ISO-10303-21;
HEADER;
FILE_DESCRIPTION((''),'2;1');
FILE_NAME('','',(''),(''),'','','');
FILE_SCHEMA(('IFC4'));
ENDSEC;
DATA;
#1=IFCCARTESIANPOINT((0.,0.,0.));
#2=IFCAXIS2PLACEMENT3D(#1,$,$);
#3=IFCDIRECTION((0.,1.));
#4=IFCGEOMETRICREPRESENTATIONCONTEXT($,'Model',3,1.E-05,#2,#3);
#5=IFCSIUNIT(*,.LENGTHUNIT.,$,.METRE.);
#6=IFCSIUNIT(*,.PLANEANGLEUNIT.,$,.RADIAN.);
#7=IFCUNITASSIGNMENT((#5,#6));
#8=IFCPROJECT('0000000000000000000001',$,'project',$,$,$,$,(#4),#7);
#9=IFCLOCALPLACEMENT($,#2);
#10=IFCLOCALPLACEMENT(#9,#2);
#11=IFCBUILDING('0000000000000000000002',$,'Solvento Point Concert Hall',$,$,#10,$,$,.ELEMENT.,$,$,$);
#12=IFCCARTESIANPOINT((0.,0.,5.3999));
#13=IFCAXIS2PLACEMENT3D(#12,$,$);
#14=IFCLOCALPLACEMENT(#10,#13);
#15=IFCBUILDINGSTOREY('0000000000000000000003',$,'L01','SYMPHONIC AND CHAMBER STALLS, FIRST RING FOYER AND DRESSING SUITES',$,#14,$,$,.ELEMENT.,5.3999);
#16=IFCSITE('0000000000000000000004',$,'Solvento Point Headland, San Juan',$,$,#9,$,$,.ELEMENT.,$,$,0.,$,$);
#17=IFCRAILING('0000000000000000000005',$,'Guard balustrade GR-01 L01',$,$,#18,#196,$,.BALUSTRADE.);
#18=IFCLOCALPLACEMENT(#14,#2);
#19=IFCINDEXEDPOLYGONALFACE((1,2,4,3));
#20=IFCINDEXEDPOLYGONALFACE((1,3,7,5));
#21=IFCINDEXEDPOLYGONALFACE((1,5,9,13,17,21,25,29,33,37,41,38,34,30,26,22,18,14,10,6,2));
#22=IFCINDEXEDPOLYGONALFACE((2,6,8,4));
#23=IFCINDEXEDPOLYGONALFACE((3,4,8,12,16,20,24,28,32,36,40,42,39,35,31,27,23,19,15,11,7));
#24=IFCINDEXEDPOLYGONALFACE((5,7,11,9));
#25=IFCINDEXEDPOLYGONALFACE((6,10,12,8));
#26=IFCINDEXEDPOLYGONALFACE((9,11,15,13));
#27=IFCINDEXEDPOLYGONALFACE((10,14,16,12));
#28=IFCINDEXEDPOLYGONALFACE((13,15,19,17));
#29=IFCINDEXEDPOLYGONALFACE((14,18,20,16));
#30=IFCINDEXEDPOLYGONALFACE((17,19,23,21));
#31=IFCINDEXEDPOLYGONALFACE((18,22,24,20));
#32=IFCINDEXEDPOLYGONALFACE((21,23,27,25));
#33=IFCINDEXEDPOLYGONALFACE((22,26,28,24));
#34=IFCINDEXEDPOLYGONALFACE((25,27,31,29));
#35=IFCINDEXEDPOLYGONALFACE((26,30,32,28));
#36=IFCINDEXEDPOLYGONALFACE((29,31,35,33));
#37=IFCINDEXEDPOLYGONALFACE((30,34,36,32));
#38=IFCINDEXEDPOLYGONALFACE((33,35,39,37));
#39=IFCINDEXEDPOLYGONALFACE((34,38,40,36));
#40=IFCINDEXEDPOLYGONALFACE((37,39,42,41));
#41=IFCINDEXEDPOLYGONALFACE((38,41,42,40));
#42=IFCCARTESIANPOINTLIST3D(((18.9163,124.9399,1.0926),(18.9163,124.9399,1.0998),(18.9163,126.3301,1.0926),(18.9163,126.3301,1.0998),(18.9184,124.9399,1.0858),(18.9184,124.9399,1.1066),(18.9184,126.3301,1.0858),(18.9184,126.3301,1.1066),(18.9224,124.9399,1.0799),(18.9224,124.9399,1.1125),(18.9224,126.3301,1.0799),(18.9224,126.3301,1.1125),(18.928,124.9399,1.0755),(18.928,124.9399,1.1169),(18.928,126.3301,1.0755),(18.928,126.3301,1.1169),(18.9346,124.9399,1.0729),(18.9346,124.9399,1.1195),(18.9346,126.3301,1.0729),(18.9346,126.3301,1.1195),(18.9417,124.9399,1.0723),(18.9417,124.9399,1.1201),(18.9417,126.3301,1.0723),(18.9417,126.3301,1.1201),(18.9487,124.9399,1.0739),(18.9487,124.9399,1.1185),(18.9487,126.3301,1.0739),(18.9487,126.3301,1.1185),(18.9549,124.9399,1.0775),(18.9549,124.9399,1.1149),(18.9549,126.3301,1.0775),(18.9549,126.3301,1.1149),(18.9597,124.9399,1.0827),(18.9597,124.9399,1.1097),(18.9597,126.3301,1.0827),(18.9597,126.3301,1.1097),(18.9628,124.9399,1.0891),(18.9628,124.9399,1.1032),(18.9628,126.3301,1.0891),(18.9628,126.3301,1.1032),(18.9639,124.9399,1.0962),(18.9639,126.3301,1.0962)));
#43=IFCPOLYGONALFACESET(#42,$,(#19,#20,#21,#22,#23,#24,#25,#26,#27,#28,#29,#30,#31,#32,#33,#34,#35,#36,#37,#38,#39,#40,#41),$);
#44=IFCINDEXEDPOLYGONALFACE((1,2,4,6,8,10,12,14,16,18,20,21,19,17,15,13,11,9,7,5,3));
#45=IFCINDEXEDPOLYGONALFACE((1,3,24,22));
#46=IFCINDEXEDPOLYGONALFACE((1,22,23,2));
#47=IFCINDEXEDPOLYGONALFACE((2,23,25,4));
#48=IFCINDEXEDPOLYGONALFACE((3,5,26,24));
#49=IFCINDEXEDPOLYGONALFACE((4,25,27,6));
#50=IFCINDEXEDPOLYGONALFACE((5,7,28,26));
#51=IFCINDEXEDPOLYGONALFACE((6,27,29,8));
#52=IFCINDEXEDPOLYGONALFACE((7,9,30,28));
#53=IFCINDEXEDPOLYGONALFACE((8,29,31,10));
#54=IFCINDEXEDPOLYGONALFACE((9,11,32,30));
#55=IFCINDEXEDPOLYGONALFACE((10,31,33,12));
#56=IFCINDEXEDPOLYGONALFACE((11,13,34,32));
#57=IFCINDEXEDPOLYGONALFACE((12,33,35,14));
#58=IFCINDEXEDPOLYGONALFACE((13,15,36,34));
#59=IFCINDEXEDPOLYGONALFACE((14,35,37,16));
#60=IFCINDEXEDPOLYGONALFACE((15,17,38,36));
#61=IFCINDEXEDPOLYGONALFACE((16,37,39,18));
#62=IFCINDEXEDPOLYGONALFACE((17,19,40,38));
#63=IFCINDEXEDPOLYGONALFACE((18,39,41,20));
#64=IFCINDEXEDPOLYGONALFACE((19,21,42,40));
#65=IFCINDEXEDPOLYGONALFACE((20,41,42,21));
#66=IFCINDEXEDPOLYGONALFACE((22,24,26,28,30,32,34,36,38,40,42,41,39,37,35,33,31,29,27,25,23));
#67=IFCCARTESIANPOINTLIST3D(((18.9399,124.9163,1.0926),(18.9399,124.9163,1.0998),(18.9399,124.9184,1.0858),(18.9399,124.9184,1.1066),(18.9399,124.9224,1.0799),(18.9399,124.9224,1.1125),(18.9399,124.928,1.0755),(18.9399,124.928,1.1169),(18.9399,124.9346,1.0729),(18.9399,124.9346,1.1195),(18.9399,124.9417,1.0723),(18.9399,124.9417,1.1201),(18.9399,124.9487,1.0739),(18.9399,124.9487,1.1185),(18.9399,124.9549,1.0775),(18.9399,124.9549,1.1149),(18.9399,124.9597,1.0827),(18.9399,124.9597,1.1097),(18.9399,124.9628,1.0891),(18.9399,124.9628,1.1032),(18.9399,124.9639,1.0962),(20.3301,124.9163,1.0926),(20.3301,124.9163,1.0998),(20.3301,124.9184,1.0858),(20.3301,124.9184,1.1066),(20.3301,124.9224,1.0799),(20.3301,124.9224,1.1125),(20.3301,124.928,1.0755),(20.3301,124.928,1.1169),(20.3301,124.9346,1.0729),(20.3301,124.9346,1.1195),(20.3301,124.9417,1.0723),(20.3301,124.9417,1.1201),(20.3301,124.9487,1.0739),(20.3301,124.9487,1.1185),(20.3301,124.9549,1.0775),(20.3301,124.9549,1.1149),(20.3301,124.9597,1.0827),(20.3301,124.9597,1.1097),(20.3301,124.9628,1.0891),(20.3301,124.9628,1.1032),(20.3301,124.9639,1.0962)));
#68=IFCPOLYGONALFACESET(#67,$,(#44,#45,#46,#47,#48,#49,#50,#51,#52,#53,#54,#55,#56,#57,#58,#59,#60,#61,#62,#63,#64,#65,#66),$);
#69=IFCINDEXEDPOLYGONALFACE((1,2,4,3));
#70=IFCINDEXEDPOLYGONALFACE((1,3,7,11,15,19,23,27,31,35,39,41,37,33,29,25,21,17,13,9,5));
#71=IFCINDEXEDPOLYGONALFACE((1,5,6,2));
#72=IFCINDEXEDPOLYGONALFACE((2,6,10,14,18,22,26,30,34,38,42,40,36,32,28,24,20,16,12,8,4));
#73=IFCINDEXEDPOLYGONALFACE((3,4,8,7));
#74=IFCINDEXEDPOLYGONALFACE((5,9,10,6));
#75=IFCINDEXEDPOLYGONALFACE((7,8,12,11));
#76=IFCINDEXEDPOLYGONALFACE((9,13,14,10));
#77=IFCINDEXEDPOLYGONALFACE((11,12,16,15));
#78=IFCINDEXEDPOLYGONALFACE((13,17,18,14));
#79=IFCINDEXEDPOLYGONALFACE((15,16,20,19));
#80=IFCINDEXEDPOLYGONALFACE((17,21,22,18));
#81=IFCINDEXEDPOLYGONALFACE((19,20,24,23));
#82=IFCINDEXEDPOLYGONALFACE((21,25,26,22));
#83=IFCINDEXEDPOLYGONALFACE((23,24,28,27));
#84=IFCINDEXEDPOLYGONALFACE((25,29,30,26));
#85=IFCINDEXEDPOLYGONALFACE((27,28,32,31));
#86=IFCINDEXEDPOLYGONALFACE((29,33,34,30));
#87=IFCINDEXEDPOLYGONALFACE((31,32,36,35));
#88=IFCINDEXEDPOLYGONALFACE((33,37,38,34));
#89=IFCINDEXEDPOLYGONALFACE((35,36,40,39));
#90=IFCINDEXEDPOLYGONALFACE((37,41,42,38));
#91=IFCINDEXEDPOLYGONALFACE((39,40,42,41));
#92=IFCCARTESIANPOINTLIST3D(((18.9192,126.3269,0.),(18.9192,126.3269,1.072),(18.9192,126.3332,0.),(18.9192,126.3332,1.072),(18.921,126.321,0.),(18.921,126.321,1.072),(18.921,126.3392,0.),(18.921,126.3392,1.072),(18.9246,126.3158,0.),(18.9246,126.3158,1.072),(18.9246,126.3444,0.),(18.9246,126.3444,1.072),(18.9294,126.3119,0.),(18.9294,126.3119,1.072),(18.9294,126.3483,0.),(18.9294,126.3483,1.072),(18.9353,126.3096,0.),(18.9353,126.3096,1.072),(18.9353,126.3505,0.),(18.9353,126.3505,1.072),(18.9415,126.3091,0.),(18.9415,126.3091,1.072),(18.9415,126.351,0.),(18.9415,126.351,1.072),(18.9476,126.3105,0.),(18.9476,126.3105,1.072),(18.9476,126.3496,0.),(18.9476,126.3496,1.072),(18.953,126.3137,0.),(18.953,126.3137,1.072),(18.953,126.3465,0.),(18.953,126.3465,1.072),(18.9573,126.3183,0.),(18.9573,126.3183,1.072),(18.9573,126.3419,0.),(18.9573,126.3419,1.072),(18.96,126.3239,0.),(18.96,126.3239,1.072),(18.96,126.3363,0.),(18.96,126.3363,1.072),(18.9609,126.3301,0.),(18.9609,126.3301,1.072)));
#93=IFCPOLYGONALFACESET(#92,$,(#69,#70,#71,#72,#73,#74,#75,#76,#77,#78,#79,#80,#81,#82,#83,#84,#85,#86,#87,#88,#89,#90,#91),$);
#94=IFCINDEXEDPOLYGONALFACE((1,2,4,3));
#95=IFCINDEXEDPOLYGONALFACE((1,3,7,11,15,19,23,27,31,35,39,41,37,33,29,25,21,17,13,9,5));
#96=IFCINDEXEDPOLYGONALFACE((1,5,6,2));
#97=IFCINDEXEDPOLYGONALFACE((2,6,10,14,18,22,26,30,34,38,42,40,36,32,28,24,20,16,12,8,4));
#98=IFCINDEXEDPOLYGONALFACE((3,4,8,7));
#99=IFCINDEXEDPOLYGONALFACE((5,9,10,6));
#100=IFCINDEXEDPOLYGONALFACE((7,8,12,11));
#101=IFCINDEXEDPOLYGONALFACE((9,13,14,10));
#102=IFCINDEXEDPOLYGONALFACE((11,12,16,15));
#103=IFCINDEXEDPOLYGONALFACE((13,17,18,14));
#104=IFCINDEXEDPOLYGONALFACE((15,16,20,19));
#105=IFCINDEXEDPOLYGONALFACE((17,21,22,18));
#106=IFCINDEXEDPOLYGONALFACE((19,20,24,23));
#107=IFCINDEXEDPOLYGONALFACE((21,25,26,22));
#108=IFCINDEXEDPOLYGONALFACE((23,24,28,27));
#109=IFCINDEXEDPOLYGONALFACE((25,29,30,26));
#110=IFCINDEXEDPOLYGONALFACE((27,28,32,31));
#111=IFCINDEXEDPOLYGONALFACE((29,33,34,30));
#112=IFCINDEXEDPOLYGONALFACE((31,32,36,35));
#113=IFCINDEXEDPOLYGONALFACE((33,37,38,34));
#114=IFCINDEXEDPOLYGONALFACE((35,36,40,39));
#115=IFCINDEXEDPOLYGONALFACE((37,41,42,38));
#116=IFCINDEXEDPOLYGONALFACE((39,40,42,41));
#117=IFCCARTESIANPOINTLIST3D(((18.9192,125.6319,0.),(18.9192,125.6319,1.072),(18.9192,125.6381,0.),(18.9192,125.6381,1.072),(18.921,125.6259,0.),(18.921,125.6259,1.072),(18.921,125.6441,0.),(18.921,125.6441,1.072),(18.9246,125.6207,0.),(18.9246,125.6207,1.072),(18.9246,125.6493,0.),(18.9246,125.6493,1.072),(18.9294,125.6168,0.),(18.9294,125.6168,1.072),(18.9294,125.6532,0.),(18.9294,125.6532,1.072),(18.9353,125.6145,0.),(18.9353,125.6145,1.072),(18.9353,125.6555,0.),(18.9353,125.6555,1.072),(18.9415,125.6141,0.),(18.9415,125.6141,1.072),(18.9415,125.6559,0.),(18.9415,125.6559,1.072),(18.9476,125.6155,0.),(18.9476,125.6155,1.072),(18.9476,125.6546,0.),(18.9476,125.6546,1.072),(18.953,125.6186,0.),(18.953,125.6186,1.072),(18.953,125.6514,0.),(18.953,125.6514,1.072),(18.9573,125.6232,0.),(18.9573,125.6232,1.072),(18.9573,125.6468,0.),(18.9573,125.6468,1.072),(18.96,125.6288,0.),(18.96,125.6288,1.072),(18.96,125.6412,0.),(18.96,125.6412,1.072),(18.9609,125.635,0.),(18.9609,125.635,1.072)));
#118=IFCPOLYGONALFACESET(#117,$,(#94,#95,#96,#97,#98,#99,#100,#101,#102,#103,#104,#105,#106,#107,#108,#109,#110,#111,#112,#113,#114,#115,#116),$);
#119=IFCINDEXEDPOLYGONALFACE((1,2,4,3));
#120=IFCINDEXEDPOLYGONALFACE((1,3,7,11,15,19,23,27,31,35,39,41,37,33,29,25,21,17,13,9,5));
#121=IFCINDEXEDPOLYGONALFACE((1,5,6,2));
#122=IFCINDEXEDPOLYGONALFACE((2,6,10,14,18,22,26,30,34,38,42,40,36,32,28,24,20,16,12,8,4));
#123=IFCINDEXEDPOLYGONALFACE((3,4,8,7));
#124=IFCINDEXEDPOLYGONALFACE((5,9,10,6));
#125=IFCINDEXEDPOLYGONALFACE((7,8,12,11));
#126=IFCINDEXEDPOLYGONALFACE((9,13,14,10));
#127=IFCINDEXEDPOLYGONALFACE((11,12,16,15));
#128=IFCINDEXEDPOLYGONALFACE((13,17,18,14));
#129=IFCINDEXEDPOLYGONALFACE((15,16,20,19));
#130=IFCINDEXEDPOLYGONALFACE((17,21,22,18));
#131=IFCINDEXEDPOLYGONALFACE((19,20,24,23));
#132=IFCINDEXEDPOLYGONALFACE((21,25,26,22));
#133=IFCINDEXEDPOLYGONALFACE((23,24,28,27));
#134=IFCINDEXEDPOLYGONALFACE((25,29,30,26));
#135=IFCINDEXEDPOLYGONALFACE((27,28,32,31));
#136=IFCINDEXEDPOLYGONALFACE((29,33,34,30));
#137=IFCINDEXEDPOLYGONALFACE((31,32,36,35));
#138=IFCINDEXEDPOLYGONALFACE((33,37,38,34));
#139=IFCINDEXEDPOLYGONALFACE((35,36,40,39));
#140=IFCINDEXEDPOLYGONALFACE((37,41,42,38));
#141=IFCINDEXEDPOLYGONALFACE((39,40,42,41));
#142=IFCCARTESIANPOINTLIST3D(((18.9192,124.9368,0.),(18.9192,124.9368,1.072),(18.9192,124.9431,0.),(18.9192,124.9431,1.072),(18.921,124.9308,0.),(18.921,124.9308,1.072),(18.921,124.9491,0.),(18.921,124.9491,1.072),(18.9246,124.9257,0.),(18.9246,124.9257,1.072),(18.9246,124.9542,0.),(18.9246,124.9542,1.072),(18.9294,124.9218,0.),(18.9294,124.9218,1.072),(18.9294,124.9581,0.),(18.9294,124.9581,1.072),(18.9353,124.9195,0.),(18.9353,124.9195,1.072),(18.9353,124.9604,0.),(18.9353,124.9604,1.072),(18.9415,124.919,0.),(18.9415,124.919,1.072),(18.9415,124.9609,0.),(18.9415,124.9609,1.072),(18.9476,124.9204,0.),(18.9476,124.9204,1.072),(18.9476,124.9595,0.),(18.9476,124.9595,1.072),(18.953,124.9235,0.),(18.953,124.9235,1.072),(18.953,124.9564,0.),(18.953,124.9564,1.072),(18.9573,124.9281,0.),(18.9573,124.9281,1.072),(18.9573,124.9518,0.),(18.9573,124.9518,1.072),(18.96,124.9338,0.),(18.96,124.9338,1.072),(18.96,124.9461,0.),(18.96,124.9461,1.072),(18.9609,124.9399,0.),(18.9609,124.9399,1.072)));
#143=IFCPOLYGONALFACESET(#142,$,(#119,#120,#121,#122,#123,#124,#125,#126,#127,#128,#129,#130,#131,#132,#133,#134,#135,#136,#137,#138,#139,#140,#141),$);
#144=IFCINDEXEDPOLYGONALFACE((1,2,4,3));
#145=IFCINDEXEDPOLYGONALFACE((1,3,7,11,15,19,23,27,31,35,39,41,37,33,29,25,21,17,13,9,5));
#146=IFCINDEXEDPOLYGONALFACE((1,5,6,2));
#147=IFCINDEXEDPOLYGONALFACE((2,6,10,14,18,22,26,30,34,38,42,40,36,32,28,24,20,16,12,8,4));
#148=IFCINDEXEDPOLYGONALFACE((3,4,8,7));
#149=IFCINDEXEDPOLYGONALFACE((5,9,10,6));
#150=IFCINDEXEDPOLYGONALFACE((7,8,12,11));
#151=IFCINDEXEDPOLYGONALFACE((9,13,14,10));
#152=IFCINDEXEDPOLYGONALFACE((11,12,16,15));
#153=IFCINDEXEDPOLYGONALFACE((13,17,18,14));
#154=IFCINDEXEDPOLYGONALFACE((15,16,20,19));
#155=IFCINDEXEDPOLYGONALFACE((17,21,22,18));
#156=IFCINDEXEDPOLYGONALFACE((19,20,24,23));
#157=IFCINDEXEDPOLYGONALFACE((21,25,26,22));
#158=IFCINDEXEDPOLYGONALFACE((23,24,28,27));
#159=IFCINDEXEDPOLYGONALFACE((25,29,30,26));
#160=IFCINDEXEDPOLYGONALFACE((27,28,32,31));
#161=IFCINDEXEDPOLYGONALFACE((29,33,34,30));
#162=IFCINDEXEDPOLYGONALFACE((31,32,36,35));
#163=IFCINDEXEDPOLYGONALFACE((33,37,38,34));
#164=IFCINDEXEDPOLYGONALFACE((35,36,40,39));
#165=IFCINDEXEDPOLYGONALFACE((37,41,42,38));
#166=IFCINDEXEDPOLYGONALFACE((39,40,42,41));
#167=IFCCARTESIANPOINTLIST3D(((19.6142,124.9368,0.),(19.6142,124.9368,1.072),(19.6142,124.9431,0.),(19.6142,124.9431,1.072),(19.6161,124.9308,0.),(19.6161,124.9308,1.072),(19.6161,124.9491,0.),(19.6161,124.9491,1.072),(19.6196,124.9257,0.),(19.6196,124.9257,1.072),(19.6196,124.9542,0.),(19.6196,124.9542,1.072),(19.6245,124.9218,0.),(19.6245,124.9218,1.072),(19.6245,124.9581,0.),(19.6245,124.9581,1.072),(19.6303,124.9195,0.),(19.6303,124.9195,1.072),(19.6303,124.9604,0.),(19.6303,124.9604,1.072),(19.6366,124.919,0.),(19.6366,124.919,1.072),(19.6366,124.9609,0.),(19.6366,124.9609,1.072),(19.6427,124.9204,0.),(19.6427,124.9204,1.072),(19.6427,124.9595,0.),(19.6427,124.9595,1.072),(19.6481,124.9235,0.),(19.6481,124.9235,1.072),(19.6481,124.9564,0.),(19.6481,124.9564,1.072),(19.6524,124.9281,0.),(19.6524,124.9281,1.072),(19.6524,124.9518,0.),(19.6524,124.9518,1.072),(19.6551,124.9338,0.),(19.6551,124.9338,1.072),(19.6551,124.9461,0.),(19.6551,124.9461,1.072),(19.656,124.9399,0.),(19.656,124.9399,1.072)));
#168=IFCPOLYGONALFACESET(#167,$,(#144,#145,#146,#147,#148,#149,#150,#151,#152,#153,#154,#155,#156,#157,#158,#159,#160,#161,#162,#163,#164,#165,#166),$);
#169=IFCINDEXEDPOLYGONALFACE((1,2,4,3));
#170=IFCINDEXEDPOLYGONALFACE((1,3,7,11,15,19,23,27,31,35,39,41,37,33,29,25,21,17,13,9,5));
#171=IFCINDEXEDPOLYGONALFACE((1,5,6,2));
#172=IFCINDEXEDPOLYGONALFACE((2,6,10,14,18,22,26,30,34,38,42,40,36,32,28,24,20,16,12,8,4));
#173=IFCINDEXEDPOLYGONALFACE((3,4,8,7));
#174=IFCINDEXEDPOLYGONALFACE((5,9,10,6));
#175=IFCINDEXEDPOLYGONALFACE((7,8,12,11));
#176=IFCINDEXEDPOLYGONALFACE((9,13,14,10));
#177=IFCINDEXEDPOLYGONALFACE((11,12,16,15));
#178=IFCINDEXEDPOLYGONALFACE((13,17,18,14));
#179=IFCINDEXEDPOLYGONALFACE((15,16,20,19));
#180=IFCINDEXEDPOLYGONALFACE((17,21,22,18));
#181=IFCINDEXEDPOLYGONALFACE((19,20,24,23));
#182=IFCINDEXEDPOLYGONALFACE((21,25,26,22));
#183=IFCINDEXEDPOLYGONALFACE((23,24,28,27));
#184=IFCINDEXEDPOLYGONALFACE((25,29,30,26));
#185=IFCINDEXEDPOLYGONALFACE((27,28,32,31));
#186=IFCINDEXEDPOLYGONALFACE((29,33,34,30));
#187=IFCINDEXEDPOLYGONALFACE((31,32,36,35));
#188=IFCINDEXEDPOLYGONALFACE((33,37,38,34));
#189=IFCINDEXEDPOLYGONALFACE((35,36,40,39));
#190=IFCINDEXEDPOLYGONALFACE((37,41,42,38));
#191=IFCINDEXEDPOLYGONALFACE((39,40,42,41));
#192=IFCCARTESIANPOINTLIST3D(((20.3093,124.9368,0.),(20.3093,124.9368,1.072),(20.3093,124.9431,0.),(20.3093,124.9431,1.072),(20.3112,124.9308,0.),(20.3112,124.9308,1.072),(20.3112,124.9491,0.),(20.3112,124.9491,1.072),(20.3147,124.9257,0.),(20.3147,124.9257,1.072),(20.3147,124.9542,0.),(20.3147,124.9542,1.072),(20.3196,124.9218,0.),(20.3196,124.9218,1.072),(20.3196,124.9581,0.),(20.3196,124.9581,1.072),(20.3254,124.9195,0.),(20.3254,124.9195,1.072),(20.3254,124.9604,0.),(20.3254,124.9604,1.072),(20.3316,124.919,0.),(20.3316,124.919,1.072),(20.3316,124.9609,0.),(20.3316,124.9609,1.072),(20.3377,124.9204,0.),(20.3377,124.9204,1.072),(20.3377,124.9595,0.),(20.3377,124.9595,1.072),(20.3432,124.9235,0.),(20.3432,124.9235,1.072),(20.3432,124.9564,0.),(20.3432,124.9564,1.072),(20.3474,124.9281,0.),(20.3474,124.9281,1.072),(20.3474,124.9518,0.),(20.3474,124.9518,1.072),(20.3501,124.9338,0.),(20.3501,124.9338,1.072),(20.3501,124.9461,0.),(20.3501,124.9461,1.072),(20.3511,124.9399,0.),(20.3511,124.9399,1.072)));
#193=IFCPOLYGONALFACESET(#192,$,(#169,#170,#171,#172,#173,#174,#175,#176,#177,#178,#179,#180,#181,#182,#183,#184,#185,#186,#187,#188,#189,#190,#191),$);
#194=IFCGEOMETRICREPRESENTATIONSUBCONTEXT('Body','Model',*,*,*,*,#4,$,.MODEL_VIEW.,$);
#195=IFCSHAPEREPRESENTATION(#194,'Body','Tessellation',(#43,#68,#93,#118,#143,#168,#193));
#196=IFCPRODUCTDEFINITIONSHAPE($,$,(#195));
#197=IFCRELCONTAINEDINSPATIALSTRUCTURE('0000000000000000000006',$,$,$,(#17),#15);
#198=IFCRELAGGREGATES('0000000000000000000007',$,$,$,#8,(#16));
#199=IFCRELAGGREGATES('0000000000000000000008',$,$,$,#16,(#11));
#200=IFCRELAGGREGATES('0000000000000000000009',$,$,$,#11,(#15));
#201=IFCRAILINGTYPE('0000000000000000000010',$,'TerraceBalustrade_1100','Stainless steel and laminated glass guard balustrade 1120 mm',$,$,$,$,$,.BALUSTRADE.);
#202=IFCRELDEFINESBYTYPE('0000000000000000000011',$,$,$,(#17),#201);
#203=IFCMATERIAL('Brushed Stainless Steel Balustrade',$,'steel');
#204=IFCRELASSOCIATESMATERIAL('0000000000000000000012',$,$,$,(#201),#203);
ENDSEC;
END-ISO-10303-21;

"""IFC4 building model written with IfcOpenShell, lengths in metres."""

from ifc_helpers import new_model, si_unit, direction, frame, origin, origin_2d, place, context, subcontext, project, spatial, circle, extrude, material, type_object, element, save


model = new_model("IFC4")

# Units and contexts
model_context = context("Model", 3, precision=1e-05, world=origin(), true_north=direction((0.0, 1.0)))
body_context = subcontext(model_context, "Body", "Model", "MODEL_VIEW")
ifc_project = project(units=[si_unit("LENGTHUNIT", "METRE"), si_unit("PLANEANGLEUNIT", "RADIAN")], contexts=[model_context])

# Site, building, storey
site_placement = place(None, origin())
site = spatial("IfcSite", under=ifc_project, at=site_placement, Name="Solvento Point Headland, San Juan", CompositionType="ELEMENT", RefElevation=0.0)
building_placement = place(site_placement, origin())
building = spatial("IfcBuilding", under=site, at=building_placement, Name="Solvento Point Concert Hall", CompositionType="ELEMENT")
storey_placement = place(building_placement, frame((0.0, 0.0, 5.3999)))
storey = spatial("IfcBuildingStorey", under=building, at=storey_placement, Name="L01", Description="SYMPHONIC AND CHAMBER STALLS, FIRST RING FOYER AND DRESSING SUITES", CompositionType="ELEMENT", Elevation=5.3999)

# Railing
ifc_material_1 = material(Name="Brushed Stainless Steel Balustrade", Category="steel")
railing_type_1 = type_object("IfcRailingType", Name="TerraceBalustrade_1100", Description="Stainless steel and laminated glass guard balustrade 1120 mm", PredefinedType="BALUSTRADE", material=ifc_material_1)
railing_1_placement = place(storey_placement, frame((18.9399, 126.3301, 0.0)))
element("IfcRailing", 1, at=railing_1_placement, inside=storey, type_object=railing_type_1, Name="Guard balustrade GR-01 L01", PredefinedType="BALUSTRADE", context=body_context, shape_type="SweptSolid", body=[
    extrude(circle(Radius=0.0239, at=origin_2d()), frame((0.0, 0.0, 1.0962), z_axis=(0.0, -1.0, 0.0), x_axis=(1.0, 0.0, 0.0)), (0.0, 0.0, 1.0), 1.3901),
    extrude(circle(Radius=0.0239, at=origin_2d()), frame((0.0, -1.3901, 1.0962), z_axis=(1.0, 0.0, 0.0), x_axis=(0.0, 1.0, 0.0)), (0.0, 0.0, 1.0), 1.3901),
    extrude(circle(Radius=0.021, at=origin_2d()), origin(), (0.0, 0.0, 1.0), 1.072),
    extrude(circle(Radius=0.021, at=origin_2d()), frame((0.0, -0.6951, 0.0)), (0.0, 0.0, 1.0), 1.072),
    extrude(circle(Radius=0.021, at=origin_2d()), frame((0.0, -1.3901, 0.0)), (0.0, 0.0, 1.0), 1.072),
    extrude(circle(Radius=0.021, at=origin_2d()), frame((0.6951, -1.3901, 0.0)), (0.0, 0.0, 1.0), 1.072),
    extrude(circle(Radius=0.021, at=origin_2d()), frame((1.3901, -1.3901, 0.0)), (0.0, 0.0, 1.0), 1.072),
])

save(model, "model.ifc")
